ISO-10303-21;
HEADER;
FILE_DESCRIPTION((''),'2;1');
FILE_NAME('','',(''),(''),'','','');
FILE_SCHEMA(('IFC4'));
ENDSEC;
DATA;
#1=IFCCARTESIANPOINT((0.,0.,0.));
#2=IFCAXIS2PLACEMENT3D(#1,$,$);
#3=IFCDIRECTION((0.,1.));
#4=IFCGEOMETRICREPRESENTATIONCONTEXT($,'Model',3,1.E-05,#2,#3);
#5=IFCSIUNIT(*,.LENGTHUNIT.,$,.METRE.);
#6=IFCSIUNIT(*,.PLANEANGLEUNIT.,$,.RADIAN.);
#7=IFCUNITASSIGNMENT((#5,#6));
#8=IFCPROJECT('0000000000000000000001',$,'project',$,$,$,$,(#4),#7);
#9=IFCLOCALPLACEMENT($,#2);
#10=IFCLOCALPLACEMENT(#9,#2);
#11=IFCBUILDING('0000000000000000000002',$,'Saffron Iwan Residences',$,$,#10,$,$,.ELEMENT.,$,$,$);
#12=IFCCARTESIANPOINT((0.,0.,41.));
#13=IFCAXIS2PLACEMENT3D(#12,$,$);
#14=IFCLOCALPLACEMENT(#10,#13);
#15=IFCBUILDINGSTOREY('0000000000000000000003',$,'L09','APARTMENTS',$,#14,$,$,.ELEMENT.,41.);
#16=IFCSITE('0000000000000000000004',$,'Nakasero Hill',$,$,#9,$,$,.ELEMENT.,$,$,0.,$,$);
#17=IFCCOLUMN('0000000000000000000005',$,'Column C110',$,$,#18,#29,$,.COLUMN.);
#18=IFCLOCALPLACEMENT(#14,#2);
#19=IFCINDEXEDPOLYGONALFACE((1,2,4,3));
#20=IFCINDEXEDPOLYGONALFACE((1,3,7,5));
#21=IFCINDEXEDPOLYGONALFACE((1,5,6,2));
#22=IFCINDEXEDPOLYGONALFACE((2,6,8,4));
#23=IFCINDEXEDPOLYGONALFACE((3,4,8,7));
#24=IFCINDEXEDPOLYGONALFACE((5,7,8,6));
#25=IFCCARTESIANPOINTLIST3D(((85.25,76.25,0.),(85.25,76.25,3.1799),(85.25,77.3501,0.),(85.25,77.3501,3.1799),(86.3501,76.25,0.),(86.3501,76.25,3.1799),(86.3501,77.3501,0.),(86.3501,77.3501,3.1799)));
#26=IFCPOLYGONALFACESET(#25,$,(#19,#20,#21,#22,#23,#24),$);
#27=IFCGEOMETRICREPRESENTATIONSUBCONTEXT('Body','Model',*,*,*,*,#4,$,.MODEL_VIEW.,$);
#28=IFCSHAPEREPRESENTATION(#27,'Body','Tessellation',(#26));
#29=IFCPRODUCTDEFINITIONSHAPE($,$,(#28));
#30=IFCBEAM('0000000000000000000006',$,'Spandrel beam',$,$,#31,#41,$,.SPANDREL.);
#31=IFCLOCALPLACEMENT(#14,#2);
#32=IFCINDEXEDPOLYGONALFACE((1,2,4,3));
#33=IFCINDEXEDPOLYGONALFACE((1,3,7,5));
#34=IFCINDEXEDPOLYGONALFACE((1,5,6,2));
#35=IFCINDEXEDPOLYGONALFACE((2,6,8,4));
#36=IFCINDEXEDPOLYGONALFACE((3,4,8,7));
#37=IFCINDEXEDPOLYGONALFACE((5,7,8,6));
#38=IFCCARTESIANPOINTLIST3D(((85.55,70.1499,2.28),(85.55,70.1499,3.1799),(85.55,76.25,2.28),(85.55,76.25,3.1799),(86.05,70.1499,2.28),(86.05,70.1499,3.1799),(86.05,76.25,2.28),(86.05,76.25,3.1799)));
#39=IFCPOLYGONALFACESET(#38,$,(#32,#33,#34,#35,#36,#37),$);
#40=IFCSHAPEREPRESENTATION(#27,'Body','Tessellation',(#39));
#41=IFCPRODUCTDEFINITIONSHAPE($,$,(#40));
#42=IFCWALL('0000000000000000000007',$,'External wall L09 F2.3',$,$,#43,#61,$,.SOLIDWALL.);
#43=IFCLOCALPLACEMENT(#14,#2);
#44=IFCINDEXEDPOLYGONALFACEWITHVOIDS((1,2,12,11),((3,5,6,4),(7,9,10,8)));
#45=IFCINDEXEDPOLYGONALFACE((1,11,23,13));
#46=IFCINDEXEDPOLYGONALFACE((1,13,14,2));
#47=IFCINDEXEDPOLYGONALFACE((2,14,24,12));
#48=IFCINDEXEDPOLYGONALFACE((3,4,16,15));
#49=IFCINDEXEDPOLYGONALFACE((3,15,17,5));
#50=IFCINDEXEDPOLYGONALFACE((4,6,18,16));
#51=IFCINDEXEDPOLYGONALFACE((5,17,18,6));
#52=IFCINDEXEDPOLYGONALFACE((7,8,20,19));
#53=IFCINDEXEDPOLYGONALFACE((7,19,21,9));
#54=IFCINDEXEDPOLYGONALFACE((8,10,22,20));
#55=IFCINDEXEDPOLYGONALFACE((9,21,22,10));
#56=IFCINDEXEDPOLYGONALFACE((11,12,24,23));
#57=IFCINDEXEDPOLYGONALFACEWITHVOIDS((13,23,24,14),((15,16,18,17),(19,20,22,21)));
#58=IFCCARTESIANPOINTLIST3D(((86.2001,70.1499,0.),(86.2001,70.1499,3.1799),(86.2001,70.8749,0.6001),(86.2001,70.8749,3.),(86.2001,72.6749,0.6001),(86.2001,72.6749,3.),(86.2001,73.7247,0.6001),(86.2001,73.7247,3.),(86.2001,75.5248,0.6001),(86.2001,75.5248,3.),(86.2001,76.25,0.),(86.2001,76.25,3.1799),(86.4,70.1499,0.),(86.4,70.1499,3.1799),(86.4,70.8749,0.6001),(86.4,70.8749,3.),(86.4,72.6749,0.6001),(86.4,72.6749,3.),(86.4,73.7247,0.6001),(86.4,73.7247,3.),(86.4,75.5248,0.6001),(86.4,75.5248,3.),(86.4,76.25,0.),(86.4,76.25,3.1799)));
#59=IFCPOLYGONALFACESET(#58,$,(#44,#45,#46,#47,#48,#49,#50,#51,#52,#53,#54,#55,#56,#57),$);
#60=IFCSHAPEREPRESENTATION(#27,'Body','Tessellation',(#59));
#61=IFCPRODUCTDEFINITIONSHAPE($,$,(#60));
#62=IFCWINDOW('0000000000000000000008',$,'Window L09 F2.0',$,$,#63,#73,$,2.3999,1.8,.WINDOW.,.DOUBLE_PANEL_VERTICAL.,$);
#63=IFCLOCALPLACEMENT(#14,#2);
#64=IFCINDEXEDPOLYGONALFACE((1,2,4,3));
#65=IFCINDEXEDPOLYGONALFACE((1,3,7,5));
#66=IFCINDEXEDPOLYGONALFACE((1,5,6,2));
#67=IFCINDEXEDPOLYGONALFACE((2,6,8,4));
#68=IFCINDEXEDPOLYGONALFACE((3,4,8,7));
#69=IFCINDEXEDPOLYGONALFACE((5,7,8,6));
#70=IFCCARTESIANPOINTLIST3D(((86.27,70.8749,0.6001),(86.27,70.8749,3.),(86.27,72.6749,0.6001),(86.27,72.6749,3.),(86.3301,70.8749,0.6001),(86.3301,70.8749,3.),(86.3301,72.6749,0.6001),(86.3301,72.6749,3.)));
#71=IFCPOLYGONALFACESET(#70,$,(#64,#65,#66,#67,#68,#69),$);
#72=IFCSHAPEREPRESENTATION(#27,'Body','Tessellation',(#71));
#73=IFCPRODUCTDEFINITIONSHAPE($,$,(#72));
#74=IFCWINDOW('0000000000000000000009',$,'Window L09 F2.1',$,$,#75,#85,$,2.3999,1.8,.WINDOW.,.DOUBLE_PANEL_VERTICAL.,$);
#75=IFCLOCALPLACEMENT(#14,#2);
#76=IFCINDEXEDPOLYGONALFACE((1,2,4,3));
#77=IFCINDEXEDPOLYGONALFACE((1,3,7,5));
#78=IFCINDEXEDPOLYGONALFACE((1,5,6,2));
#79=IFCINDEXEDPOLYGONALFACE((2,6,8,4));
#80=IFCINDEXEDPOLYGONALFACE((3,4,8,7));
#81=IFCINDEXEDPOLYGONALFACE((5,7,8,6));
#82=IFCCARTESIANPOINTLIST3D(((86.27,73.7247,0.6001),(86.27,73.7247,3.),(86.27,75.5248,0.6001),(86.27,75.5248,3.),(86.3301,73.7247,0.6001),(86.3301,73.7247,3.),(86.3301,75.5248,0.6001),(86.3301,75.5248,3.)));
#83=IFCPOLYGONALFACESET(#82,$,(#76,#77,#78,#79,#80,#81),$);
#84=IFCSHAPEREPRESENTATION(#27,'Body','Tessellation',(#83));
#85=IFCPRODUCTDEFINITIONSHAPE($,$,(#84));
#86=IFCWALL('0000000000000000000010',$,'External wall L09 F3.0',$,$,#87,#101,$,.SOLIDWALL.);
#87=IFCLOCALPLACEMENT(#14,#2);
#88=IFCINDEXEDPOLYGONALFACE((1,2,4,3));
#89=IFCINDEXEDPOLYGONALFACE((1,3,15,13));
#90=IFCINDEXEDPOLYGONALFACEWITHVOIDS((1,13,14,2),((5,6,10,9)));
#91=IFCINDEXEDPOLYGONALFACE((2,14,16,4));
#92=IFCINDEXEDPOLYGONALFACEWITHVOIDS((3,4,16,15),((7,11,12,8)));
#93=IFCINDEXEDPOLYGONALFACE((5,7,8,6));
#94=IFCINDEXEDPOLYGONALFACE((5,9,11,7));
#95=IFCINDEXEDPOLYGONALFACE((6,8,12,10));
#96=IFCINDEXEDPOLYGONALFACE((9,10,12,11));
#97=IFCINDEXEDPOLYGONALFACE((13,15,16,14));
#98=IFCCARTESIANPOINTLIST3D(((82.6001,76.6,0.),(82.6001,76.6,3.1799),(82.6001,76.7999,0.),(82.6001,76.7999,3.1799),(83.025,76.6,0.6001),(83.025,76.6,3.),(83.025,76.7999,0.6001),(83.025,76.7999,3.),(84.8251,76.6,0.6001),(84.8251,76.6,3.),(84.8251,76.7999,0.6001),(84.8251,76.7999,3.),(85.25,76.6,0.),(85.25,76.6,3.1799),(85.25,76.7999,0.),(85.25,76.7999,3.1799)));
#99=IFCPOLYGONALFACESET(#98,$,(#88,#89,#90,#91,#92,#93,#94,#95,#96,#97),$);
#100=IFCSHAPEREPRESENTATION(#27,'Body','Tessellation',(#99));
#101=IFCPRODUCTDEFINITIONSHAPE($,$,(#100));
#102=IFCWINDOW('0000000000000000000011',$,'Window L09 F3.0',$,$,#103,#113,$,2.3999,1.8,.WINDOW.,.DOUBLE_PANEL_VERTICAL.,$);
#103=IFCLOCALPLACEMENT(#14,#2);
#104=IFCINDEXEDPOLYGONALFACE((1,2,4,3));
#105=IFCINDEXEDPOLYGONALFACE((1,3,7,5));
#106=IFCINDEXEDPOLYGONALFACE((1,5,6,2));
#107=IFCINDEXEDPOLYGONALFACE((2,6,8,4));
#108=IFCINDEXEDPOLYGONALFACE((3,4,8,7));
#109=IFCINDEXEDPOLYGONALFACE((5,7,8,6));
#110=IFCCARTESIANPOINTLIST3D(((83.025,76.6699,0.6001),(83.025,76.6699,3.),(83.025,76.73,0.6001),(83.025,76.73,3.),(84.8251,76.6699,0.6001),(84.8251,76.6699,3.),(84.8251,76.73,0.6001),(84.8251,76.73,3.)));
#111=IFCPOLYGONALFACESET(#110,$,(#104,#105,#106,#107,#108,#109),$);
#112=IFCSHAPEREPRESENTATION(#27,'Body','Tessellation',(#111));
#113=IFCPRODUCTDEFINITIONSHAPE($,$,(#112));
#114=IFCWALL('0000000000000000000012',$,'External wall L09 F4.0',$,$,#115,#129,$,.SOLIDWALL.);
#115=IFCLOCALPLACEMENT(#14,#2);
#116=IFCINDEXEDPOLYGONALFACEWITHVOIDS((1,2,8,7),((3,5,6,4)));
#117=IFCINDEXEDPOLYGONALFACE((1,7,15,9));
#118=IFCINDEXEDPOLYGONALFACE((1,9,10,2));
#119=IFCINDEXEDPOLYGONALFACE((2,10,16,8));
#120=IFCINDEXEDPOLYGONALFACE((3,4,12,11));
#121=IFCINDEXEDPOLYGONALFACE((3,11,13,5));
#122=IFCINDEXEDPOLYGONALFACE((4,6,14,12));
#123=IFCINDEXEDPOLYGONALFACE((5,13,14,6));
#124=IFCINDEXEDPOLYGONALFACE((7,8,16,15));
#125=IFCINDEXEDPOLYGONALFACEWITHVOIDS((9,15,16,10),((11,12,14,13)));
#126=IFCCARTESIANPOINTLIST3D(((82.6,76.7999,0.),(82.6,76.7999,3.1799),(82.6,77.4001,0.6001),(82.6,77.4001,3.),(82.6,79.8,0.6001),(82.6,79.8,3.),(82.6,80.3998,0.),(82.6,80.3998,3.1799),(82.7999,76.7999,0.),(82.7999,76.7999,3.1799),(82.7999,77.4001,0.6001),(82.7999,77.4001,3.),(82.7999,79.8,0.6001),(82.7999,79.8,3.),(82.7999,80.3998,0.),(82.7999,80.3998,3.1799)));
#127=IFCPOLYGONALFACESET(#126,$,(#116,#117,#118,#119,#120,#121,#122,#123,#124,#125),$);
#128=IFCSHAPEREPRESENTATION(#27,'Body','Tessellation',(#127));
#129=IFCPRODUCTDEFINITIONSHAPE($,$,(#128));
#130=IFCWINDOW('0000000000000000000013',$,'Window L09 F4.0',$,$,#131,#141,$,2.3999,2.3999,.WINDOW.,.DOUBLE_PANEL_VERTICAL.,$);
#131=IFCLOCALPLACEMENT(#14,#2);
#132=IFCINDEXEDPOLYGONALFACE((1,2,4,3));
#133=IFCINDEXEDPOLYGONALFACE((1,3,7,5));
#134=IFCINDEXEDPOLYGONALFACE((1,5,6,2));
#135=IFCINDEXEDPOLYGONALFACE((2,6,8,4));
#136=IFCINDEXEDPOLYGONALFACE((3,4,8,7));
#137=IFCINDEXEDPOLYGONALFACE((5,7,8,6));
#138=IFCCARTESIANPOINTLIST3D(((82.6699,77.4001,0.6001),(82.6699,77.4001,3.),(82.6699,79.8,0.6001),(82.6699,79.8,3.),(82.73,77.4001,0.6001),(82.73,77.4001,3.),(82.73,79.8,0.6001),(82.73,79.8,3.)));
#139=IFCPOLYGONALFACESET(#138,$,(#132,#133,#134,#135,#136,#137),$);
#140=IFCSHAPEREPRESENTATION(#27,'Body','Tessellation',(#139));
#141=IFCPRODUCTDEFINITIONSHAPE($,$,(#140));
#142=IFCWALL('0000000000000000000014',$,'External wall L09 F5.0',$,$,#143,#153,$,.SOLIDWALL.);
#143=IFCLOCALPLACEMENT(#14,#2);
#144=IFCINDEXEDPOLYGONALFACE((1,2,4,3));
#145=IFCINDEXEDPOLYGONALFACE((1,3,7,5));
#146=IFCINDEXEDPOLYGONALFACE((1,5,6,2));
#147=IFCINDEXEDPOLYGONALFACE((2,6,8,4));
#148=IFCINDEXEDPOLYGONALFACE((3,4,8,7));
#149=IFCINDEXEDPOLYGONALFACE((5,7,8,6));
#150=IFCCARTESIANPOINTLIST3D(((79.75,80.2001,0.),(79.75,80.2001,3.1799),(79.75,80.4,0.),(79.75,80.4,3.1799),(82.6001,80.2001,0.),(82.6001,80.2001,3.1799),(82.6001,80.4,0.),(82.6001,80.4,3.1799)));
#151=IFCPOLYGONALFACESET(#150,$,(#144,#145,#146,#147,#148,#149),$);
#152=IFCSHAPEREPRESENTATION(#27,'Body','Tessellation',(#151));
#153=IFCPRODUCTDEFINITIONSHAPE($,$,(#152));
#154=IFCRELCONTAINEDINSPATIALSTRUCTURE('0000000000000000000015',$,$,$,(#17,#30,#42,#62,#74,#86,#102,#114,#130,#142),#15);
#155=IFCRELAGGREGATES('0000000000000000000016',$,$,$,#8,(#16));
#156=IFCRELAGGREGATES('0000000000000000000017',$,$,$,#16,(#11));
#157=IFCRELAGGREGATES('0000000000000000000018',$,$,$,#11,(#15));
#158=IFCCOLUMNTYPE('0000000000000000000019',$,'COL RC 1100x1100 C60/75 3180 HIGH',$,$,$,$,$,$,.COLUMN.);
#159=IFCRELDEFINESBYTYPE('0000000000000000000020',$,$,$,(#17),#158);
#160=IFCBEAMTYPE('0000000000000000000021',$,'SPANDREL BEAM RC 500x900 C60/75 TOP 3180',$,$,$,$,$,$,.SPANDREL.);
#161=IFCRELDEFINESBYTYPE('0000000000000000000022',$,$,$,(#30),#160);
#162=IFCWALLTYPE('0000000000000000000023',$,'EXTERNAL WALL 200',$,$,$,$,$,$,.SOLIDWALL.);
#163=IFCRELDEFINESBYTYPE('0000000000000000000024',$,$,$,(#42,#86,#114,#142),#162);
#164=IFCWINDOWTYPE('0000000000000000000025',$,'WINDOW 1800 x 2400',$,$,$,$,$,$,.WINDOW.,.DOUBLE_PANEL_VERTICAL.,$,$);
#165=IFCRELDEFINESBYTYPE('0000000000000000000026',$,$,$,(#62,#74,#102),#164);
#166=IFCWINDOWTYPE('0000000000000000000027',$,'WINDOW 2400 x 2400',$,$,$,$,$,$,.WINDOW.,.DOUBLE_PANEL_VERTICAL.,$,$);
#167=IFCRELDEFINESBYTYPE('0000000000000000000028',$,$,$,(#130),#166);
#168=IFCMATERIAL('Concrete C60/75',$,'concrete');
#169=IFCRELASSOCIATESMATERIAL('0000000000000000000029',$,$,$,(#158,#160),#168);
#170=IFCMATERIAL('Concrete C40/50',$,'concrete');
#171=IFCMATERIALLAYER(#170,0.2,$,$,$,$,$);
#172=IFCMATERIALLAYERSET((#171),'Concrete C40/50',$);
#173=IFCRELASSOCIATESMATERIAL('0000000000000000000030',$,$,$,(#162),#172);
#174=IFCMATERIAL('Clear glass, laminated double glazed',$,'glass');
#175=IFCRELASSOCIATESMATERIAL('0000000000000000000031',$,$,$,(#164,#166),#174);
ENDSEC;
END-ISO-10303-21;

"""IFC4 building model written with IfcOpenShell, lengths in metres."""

from ifc_helpers import new_model, si_unit, direction, frame, frame_2d, origin, origin_2d, place, context, subcontext, project, spatial, rectangle, extrude, source, transform, mapped, material, layer, layer_set, material_profile, profile_set, type_object, element, fill, save


model = new_model("IFC4")

# Units and contexts
model_context = context("Model", 3, precision=1e-05, world=origin(), true_north=direction((0.0, 1.0)))
body_context = subcontext(model_context, "Body", "Model", "MODEL_VIEW")
ifc_project = project(units=[si_unit("LENGTHUNIT", "METRE"), si_unit("PLANEANGLEUNIT", "RADIAN")], contexts=[model_context])

# Site, building, storey
site_placement = place(None, origin())
site = spatial("IfcSite", under=ifc_project, at=site_placement, Name="Nakasero Hill", CompositionType="ELEMENT", RefElevation=0.0)
building_placement = place(site_placement, origin())
building = spatial("IfcBuilding", under=site, at=building_placement, Name="Saffron Iwan Residences", CompositionType="ELEMENT")
storey_placement = place(building_placement, frame((0.0, 0.0, 41.0)))
storey = spatial("IfcBuildingStorey", under=building, at=storey_placement, Name="L09", Description="APARTMENTS", CompositionType="ELEMENT", Elevation=41.0)

# Column
ifc_material_1 = material(Name="Concrete C60/75", Category="concrete")
ifc_material_profile_1 = material_profile(ifc_material_1, rectangle(XDim=1.1001, YDim=1.1001, at=origin_2d()), Name="RC 1100x1100")
ifc_profile_set_1 = profile_set([ifc_material_profile_1], Name="Concrete C60/75")
column_type = type_object("IfcColumnType", Name="COL RC 1100x1100 C60/75 3180 HIGH", PredefinedType="COLUMN", material=ifc_profile_set_1)
shared_shape_1 = source(origin(), body_context, "Body", "SweptSolid", [
    extrude(rectangle(XDim=1.1001, YDim=1.1001, at=origin_2d()), origin(), (0.0, 0.0, 1.0), 3.1799),
])
column_placement = place(storey_placement, frame((85.8, 76.8, 0.0), z_axis=(0.0, 0.0, 1.0), x_axis=(1.0, 0.0, 0.0)))
element("IfcColumn", 1, at=column_placement, inside=storey, type_object=column_type, Name="Column C110", PredefinedType="COLUMN", context=body_context, shape_type="MappedRepresentation", body=[
    mapped(shared_shape_1, transform((0.0, 0.0, 0.0))),
])

# Beam
ifc_material_profile_2 = material_profile(ifc_material_1, rectangle(XDim=0.5, YDim=0.8999, at=origin_2d()), Name="RC 500x900")
ifc_profile_set_2 = profile_set([ifc_material_profile_2], Name="Concrete C60/75")
beam_type = type_object("IfcBeamType", Name="SPANDREL BEAM RC 500x900 C60/75 TOP 3180", PredefinedType="SPANDREL", material=ifc_profile_set_2)
shared_shape_2 = source(origin(), body_context, "Body", "SweptSolid", [
    extrude(rectangle(XDim=0.5, YDim=0.8999, at=origin_2d()), origin(), (0.0, 0.0, 1.0), 6.1001),
])
beam_placement = place(storey_placement, frame((85.8, 76.25, 2.73), z_axis=(0.0, -1.0, 0.0), x_axis=(1.0, 0.0, 0.0)))
element("IfcBeam", 2, at=beam_placement, inside=storey, type_object=beam_type, Name="Spandrel beam", PredefinedType="SPANDREL", context=body_context, shape_type="MappedRepresentation", body=[
    mapped(shared_shape_2, transform((0.0, 0.0, 0.0))),
])

# Wall, openings, windows
ifc_material_2 = material(Name="Concrete C40/50", Category="concrete")
ifc_layer = layer(ifc_material_2, 0.2)
ifc_layer_set = layer_set([ifc_layer], Name="Concrete C40/50")
wall_type = type_object("IfcWallType", Name="EXTERNAL WALL 200", PredefinedType="SOLIDWALL", material=ifc_layer_set)
wall_1_placement = place(storey_placement, frame((86.3, 70.1499, 0.0), z_axis=(0.0, 0.0, 1.0), x_axis=(0.0, 1.0, 0.0)))
wall_1 = element("IfcWall", 3, at=wall_1_placement, inside=storey, type_object=wall_type, Name="External wall L09 F2.3", PredefinedType="SOLIDWALL", context=body_context, shape_type="SweptSolid", body=[
    extrude(rectangle(XDim=6.1001, YDim=0.2, at=frame_2d((3.05, 0.0))), origin(), (0.0, 0.0, 1.0), 3.1799),
])
opening_1_placement = place(wall_1_placement, frame((0.7251, 0.0, 0.6001)))
opening_1 = element("IfcOpeningElement", 4, at=opening_1_placement, cuts=wall_1, PredefinedType="OPENING", context=body_context, shape_type="SweptSolid", body=[
    extrude(rectangle(XDim=1.8, YDim=2.3999, at=frame_2d((0.8999, 1.2))), frame((0.0, 0.1099, 0.0), z_axis=(0.0, -1.0, 0.0), x_axis=(1.0, 0.0, 0.0)), (0.0, 0.0, 1.0), 0.22),
])
opening_2_placement = place(wall_1_placement, frame((3.575, 0.0, 0.6001)))
opening_2 = element("IfcOpeningElement", 5, at=opening_2_placement, cuts=wall_1, PredefinedType="OPENING", context=body_context, shape_type="SweptSolid", body=[
    extrude(rectangle(XDim=1.8, YDim=2.3999, at=frame_2d((0.8999, 1.2))), frame((0.0, 0.1099, 0.0), z_axis=(0.0, -1.0, 0.0), x_axis=(1.0, 0.0, 0.0)), (0.0, 0.0, 1.0), 0.22),
])
ifc_material_3 = material(Name="Clear glass, laminated double glazed", Category="glass")
window_type_1 = type_object("IfcWindowType", Name="WINDOW 1800 x 2400", PartitioningType="DOUBLE_PANEL_VERTICAL", PredefinedType="WINDOW", material=ifc_material_3)
window_1_placement = place(opening_1_placement, origin())
window_1 = element("IfcWindow", 6, at=window_1_placement, inside=storey, type_object=window_type_1, Name="Window L09 F2.0", OverallHeight=2.3999, OverallWidth=1.8, PartitioningType="DOUBLE_PANEL_VERTICAL", PredefinedType="WINDOW", context=body_context, shape_type="SweptSolid", body=[
    extrude(rectangle(XDim=1.8, YDim=2.3999, at=frame_2d((0.8999, 1.2))), frame((0.0, 0.03, 0.0), z_axis=(0.0, -1.0, 0.0), x_axis=(1.0, 0.0, 0.0)), (0.0, 0.0, 1.0), 0.0601),
])
fill(opening_1, window_1)
window_2_placement = place(opening_2_placement, origin())
window_2 = element("IfcWindow", 7, at=window_2_placement, inside=storey, type_object=window_type_1, Name="Window L09 F2.1", OverallHeight=2.3999, OverallWidth=1.8, PartitioningType="DOUBLE_PANEL_VERTICAL", PredefinedType="WINDOW", context=body_context, shape_type="SweptSolid", body=[
    extrude(rectangle(XDim=1.8, YDim=2.3999, at=frame_2d((0.8999, 1.2))), frame((0.0, 0.03, 0.0), z_axis=(0.0, -1.0, 0.0), x_axis=(1.0, 0.0, 0.0)), (0.0, 0.0, 1.0), 0.0601),
])
fill(opening_2, window_2)

# Walls, openings, windows
wall_2_placement = place(storey_placement, frame((85.25, 76.7, 0.0), z_axis=(0.0, 0.0, 1.0), x_axis=(-1.0, 0.0, 0.0)))
wall_2 = element("IfcWall", 8, at=wall_2_placement, inside=storey, type_object=wall_type, Name="External wall L09 F3.0", PredefinedType="SOLIDWALL", context=body_context, shape_type="SweptSolid", body=[
    extrude(rectangle(XDim=2.6499, YDim=0.2, at=frame_2d((1.325, 0.0))), origin(), (0.0, 0.0, 1.0), 3.1799),
])
opening_3_placement = place(wall_2_placement, frame((0.425, 0.0, 0.6001)))
opening_3 = element("IfcOpeningElement", 9, at=opening_3_placement, cuts=wall_2, PredefinedType="OPENING", context=body_context, shape_type="SweptSolid", body=[
    extrude(rectangle(XDim=1.8, YDim=2.3999, at=frame_2d((0.8999, 1.2))), frame((0.0, 0.1099, 0.0), z_axis=(0.0, -1.0, 0.0), x_axis=(1.0, 0.0, 0.0)), (0.0, 0.0, 1.0), 0.22),
])
window_3_placement = place(opening_3_placement, origin())
window_3 = element("IfcWindow", 10, at=window_3_placement, inside=storey, type_object=window_type_1, Name="Window L09 F3.0", OverallHeight=2.3999, OverallWidth=1.8, PartitioningType="DOUBLE_PANEL_VERTICAL", PredefinedType="WINDOW", context=body_context, shape_type="SweptSolid", body=[
    extrude(rectangle(XDim=1.8, YDim=2.3999, at=frame_2d((0.8999, 1.2))), frame((0.0, 0.03, 0.0), z_axis=(0.0, -1.0, 0.0), x_axis=(1.0, 0.0, 0.0)), (0.0, 0.0, 1.0), 0.0601),
])
fill(opening_3, window_3)
wall_3_placement = place(storey_placement, frame((82.7, 76.8, 0.0), z_axis=(0.0, 0.0, 1.0), x_axis=(0.0, 1.0, 0.0)))
wall_3 = element("IfcWall", 11, at=wall_3_placement, inside=storey, type_object=wall_type, Name="External wall L09 F4.0", PredefinedType="SOLIDWALL", context=body_context, shape_type="SweptSolid", body=[
    extrude(rectangle(XDim=3.5999, YDim=0.2, at=frame_2d((1.7998, 0.0))), origin(), (0.0, 0.0, 1.0), 3.1799),
])
opening_4_placement = place(wall_3_placement, frame((0.6001, 0.0, 0.6001)))
opening_4 = element("IfcOpeningElement", 12, at=opening_4_placement, cuts=wall_3, PredefinedType="OPENING", context=body_context, shape_type="SweptSolid", body=[
    extrude(rectangle(XDim=2.3999, YDim=2.3999, at=frame_2d((1.2, 1.2))), frame((0.0, 0.1099, 0.0), z_axis=(0.0, -1.0, 0.0), x_axis=(1.0, 0.0, 0.0)), (0.0, 0.0, 1.0), 0.22),
])
window_type_2 = type_object("IfcWindowType", Name="WINDOW 2400 x 2400", PartitioningType="DOUBLE_PANEL_VERTICAL", PredefinedType="WINDOW", material=ifc_material_3)
window_4_placement = place(opening_4_placement, origin())
window_4 = element("IfcWindow", 13, at=window_4_placement, inside=storey, type_object=window_type_2, Name="Window L09 F4.0", OverallHeight=2.3999, OverallWidth=2.3999, PartitioningType="DOUBLE_PANEL_VERTICAL", PredefinedType="WINDOW", context=body_context, shape_type="SweptSolid", body=[
    extrude(rectangle(XDim=2.3999, YDim=2.3999, at=frame_2d((1.2, 1.2))), frame((0.0, 0.03, 0.0), z_axis=(0.0, -1.0, 0.0), x_axis=(1.0, 0.0, 0.0)), (0.0, 0.0, 1.0), 0.0601),
])
fill(opening_4, window_4)

# Wall
wall_4_placement = place(storey_placement, frame((82.6001, 80.3, 0.0), z_axis=(0.0, 0.0, 1.0), x_axis=(-1.0, 0.0, 0.0)))
element("IfcWall", 14, at=wall_4_placement, inside=storey, type_object=wall_type, Name="External wall L09 F5.0", PredefinedType="SOLIDWALL", context=body_context, shape_type="SweptSolid", body=[
    extrude(rectangle(XDim=2.8501, YDim=0.2, at=frame_2d((1.425, 0.0))), origin(), (0.0, 0.0, 1.0), 3.1799),
])

save(model, "model.ifc")
